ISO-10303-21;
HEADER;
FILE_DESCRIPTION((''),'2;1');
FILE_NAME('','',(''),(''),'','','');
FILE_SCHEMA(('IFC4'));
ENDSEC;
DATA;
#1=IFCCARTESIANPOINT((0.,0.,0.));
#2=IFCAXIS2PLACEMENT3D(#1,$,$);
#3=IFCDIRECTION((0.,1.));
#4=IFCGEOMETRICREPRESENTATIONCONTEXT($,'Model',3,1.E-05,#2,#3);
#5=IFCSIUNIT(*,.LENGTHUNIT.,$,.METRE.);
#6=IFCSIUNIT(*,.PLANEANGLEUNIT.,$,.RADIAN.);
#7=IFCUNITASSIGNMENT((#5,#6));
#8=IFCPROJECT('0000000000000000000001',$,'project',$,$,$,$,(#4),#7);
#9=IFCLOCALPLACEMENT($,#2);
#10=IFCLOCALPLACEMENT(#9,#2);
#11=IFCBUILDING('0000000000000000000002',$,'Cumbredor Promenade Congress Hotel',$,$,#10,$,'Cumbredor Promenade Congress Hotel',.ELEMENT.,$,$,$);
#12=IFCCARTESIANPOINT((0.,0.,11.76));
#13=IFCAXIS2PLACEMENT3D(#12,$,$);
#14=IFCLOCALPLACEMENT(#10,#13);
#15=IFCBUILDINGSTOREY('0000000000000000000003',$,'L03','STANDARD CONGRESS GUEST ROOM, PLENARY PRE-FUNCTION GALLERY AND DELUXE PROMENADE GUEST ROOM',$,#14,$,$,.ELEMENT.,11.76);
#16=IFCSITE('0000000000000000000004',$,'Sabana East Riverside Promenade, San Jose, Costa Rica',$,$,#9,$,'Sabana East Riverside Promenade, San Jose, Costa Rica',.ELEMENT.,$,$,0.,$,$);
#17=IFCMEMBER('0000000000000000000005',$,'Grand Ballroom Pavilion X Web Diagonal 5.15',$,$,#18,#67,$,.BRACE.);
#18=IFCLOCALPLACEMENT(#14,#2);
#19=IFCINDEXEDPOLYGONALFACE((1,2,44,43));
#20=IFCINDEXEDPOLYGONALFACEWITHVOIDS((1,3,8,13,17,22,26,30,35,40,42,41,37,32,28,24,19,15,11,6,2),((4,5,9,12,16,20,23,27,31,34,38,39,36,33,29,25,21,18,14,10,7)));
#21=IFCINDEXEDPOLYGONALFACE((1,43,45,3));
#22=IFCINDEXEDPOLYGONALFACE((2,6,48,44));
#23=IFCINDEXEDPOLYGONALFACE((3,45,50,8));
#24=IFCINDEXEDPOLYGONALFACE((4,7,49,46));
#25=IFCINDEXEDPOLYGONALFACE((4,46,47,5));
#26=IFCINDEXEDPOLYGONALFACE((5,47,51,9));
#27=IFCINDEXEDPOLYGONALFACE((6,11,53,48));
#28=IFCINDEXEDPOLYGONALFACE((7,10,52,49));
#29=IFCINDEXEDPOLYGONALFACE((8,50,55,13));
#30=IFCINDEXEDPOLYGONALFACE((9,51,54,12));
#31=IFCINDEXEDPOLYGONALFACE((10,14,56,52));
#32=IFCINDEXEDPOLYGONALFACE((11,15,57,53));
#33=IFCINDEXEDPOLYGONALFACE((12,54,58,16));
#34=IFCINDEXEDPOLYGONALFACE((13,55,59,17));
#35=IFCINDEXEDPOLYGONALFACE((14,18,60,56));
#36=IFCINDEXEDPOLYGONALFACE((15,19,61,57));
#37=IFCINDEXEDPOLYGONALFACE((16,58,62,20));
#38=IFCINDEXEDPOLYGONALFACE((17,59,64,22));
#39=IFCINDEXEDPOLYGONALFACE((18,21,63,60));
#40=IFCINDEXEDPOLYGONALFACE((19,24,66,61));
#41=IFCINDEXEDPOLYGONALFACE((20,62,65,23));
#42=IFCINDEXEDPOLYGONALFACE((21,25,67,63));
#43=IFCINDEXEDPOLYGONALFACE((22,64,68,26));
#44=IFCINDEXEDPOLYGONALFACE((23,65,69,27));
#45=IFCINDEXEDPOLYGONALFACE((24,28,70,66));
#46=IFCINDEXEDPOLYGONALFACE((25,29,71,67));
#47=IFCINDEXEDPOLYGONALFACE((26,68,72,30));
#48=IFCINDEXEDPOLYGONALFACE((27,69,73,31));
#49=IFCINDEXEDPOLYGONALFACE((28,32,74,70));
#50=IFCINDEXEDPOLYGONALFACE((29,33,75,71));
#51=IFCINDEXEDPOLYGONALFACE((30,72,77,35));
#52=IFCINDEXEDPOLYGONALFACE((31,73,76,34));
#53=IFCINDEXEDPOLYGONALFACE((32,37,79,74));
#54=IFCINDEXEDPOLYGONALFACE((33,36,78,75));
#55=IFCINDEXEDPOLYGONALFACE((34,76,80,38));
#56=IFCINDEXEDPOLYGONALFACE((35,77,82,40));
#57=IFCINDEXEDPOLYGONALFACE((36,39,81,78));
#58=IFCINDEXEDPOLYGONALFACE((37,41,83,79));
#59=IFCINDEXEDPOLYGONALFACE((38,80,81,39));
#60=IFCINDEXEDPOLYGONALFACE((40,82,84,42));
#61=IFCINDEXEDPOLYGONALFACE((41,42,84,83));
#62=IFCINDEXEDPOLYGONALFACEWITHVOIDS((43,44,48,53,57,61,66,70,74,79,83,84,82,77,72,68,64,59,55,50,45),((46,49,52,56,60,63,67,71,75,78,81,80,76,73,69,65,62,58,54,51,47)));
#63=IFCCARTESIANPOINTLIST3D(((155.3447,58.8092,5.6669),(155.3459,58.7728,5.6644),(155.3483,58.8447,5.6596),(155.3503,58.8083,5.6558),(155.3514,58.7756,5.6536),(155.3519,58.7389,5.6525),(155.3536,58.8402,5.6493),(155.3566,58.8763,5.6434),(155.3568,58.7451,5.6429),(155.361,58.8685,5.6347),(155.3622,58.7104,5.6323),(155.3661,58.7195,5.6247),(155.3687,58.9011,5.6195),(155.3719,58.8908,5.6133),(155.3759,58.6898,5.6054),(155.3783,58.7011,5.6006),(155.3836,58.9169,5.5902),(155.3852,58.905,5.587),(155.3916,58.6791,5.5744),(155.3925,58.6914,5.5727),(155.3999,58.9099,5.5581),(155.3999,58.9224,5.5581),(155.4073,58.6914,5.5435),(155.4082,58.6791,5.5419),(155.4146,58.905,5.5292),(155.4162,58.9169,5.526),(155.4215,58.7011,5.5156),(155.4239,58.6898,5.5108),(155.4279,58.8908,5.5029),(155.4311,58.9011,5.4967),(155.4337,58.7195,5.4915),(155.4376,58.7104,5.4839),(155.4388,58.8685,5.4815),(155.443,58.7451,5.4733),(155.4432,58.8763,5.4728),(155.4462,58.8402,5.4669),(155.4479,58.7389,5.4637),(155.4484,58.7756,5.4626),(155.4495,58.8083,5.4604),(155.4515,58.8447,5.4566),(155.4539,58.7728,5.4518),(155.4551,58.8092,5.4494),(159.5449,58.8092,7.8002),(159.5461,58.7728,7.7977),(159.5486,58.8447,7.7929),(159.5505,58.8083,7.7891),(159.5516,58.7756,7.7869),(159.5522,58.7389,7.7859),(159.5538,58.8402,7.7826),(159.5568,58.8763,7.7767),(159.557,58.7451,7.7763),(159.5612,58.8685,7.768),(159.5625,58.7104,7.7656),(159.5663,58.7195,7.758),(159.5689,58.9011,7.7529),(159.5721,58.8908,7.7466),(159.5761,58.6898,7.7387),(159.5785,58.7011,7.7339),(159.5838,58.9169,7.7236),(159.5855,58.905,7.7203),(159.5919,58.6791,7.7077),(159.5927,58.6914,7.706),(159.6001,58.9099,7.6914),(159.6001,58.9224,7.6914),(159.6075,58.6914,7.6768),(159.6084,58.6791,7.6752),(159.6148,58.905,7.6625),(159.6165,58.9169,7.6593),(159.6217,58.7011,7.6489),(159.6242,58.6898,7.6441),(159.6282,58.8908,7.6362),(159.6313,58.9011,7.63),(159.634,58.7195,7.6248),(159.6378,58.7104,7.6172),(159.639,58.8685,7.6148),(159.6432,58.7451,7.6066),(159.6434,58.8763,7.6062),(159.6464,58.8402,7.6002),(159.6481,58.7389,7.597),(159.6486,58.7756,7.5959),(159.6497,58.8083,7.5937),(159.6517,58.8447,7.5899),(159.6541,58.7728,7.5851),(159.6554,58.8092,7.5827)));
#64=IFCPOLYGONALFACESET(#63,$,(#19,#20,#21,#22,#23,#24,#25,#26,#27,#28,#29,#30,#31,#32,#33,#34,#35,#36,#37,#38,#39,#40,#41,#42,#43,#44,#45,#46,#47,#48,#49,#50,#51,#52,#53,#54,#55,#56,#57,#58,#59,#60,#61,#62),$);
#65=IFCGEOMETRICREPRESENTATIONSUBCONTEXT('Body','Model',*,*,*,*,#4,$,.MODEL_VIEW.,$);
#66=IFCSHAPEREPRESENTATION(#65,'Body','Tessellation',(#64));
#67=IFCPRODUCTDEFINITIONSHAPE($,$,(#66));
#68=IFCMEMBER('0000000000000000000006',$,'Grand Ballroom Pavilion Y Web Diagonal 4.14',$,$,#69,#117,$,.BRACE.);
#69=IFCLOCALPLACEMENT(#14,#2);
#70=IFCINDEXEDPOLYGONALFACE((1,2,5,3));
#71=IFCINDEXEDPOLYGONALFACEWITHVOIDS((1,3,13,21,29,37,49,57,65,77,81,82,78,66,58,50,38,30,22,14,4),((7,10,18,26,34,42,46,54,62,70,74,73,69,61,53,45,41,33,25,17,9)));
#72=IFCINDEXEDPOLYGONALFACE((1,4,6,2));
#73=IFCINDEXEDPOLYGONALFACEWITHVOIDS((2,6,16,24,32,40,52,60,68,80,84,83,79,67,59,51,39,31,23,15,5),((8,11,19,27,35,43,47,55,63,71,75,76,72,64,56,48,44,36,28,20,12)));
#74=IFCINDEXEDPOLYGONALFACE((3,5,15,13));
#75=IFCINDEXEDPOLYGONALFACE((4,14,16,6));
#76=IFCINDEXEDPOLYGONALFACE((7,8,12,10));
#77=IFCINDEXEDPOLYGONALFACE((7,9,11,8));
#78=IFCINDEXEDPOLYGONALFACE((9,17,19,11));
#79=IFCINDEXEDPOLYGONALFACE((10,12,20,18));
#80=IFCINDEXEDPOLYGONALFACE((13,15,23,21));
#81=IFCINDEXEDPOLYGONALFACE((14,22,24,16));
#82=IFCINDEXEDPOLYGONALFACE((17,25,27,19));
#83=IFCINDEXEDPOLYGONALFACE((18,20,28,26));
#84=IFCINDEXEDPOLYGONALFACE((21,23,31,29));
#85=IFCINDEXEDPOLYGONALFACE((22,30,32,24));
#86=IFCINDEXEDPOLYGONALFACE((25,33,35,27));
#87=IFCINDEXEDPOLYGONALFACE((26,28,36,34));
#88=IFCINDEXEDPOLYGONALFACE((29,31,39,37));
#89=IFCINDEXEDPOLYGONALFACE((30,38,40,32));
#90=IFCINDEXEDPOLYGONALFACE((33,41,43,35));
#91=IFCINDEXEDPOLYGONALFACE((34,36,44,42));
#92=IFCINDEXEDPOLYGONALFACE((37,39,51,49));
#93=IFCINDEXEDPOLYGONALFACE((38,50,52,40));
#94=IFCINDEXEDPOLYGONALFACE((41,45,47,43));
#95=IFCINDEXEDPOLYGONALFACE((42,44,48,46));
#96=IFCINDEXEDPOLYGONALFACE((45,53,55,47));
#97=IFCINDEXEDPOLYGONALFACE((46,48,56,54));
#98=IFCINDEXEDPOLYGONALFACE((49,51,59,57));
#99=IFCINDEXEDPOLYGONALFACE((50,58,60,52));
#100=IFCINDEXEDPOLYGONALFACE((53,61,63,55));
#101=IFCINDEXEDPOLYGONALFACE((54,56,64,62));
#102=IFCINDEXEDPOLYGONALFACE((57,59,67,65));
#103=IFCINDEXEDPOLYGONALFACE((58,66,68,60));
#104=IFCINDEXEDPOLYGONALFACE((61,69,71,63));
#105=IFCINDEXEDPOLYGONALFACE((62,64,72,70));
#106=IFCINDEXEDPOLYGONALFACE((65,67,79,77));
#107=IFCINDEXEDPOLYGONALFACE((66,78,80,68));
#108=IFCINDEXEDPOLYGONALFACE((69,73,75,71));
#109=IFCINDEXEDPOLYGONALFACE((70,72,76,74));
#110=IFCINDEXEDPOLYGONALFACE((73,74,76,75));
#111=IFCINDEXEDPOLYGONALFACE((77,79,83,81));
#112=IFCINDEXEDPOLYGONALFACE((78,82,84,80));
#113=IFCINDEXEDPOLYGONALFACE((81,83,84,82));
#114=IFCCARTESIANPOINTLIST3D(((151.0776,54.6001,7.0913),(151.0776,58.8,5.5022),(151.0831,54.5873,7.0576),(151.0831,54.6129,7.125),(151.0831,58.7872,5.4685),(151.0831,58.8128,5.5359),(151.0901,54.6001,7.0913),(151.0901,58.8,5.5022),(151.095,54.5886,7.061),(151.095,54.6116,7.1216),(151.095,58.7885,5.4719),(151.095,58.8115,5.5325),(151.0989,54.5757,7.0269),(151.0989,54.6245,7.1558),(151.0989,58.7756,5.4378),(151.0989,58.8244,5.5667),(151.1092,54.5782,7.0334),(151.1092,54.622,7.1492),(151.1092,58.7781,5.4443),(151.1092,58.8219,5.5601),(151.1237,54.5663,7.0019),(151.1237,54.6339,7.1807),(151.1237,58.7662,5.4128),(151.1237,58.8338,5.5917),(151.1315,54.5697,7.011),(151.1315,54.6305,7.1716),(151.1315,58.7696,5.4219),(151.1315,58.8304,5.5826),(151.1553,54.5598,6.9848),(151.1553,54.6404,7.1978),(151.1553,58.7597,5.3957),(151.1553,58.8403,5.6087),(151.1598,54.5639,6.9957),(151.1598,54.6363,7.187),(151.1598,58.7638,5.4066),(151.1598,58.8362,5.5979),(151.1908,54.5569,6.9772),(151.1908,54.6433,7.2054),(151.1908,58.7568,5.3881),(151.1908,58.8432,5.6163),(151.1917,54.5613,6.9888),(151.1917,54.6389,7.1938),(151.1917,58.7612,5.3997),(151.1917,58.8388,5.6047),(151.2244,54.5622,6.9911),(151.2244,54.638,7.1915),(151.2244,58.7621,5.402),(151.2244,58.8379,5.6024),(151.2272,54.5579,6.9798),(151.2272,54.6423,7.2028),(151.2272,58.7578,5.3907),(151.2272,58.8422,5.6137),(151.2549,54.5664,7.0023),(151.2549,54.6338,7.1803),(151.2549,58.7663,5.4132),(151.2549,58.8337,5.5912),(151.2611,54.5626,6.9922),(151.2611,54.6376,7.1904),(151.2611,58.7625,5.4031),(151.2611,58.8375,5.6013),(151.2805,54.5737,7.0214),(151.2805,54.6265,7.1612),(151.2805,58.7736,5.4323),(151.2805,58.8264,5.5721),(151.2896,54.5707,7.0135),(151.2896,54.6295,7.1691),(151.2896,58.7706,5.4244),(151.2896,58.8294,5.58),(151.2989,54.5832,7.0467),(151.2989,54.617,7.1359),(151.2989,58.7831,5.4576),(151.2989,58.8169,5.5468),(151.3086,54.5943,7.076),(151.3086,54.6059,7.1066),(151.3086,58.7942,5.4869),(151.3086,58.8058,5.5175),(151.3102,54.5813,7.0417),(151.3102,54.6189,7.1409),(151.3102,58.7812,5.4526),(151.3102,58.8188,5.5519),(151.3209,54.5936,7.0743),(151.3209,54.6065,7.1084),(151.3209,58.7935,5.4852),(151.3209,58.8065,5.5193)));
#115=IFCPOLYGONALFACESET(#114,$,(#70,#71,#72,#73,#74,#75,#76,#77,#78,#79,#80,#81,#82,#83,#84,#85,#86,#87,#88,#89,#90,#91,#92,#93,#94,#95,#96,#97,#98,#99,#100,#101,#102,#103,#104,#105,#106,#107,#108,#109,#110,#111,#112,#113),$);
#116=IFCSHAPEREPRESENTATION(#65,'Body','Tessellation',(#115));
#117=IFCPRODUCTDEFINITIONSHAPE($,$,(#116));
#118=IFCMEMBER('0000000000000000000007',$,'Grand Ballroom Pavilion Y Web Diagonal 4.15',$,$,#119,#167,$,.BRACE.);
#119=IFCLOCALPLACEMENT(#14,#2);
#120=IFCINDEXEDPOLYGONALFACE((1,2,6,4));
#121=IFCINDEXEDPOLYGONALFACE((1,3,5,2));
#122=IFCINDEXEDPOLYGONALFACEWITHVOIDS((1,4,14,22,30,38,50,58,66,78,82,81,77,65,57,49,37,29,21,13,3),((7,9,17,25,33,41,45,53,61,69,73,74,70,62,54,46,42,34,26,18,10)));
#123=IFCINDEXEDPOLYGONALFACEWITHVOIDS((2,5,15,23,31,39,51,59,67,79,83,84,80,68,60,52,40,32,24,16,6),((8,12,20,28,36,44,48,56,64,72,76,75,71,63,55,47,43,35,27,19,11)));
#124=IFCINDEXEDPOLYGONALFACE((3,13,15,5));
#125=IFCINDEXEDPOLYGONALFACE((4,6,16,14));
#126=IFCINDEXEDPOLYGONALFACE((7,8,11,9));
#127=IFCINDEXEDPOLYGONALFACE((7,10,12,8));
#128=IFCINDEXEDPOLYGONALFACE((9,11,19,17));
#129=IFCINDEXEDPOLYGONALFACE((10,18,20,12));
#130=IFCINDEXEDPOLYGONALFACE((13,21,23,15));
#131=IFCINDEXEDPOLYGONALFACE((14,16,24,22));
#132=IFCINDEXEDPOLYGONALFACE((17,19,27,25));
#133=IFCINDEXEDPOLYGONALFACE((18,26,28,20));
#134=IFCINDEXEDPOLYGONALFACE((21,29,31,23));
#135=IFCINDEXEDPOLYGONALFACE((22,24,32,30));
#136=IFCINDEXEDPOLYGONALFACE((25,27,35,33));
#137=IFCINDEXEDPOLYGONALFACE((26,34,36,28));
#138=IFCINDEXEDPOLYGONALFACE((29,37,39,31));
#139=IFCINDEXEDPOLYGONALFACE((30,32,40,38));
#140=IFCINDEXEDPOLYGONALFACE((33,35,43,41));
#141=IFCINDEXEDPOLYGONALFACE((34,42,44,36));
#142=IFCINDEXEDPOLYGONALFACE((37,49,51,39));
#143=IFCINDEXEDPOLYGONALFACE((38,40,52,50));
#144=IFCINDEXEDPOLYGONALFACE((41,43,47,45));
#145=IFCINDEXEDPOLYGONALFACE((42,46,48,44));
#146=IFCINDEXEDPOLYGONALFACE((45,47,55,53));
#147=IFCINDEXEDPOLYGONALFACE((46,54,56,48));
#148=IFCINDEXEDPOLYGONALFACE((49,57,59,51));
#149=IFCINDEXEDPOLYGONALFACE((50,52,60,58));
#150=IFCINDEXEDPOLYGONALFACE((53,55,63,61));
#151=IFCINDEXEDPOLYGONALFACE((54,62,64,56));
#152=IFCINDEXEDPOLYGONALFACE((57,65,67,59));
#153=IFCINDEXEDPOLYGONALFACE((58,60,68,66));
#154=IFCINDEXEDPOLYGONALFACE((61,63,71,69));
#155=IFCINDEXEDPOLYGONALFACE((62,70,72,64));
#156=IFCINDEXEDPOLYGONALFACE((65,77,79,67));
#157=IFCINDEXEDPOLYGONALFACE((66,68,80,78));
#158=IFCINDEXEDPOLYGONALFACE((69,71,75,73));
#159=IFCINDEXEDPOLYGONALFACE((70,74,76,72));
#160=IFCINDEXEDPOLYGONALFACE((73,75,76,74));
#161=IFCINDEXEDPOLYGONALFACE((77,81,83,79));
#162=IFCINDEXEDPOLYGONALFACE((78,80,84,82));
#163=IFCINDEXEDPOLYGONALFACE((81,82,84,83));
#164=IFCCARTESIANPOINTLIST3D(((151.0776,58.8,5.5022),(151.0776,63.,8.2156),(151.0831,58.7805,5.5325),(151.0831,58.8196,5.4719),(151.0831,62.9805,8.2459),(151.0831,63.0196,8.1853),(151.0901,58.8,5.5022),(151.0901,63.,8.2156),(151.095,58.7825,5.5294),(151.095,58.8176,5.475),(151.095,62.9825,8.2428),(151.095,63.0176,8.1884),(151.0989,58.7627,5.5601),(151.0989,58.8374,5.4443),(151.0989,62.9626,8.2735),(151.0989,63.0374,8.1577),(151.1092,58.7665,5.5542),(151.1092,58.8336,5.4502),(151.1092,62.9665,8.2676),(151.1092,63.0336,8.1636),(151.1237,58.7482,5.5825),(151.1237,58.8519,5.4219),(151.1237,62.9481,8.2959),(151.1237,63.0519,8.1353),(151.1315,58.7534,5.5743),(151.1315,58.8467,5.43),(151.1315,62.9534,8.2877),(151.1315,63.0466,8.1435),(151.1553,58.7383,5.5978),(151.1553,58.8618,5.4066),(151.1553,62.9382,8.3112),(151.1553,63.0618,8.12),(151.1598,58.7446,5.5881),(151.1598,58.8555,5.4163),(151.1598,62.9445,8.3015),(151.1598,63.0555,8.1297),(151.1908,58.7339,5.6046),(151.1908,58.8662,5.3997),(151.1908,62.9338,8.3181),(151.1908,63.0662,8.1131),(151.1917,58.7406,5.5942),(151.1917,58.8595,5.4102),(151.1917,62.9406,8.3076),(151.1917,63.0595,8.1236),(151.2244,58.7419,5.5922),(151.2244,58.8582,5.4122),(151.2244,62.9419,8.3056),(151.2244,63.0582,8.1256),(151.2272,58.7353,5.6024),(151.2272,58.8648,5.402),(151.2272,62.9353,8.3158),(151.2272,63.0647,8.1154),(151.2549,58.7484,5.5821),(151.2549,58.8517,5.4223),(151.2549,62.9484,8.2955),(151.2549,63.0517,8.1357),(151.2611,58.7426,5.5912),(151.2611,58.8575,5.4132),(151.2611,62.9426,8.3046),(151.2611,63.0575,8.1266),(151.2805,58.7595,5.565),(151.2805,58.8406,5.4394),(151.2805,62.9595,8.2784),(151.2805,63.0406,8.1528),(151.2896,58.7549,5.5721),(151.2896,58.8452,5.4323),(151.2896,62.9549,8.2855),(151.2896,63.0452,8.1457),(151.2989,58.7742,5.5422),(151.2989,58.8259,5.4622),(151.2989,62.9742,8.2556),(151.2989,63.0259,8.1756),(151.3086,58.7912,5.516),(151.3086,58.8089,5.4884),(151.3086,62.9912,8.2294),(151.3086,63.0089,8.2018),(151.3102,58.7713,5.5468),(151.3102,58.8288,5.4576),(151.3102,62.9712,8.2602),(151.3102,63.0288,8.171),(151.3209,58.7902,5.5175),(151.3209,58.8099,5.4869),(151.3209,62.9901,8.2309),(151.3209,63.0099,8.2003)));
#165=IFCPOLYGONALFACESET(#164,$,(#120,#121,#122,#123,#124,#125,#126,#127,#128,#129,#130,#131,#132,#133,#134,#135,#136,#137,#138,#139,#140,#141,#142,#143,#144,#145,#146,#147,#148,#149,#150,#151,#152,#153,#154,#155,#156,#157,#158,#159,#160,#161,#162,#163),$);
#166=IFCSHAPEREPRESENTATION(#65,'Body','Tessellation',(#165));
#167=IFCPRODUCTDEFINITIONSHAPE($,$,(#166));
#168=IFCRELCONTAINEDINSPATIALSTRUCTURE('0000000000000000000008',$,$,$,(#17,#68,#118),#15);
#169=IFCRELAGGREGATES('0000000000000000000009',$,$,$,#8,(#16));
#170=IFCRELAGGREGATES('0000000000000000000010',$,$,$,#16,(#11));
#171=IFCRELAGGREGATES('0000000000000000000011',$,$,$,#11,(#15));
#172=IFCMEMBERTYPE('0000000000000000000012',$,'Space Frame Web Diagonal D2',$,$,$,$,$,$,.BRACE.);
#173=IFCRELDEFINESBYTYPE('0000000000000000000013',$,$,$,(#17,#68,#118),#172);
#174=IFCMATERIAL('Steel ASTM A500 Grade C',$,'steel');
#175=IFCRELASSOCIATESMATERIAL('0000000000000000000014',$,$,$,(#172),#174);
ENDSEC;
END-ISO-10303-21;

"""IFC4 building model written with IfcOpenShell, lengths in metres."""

from ifc_helpers import new_model, si_unit, direction, frame, origin, origin_2d, place, context, subcontext, project, spatial, hollow_circle, extrude, material, material_profile, profile_set, type_object, element, save


model = new_model("IFC4")

# Units and contexts
model_context = context("Model", 3, precision=1e-05, world=origin(), true_north=direction((0.0, 1.0)))
body_context = subcontext(model_context, "Body", "Model", "MODEL_VIEW")
ifc_project = project(units=[si_unit("LENGTHUNIT", "METRE"), si_unit("PLANEANGLEUNIT", "RADIAN")], contexts=[model_context])

# Site, building, storey
site_placement = place(None, origin())
site = spatial("IfcSite", under=ifc_project, at=site_placement, Name="Sabana East Riverside Promenade, San Jose, Costa Rica", LongName="Sabana East Riverside Promenade, San Jose, Costa Rica", CompositionType="ELEMENT", RefElevation=0.0)
building_placement = place(site_placement, origin())
building = spatial("IfcBuilding", under=site, at=building_placement, Name="Cumbredor Promenade Congress Hotel", LongName="Cumbredor Promenade Congress Hotel", CompositionType="ELEMENT")
storey_placement = place(building_placement, frame((0.0, 0.0, 11.76)))
storey = spatial("IfcBuildingStorey", under=building, at=storey_placement, Name="L03", Description="STANDARD CONGRESS GUEST ROOM, PLENARY PRE-FUNCTION GALLERY AND DELUXE PROMENADE GUEST ROOM", CompositionType="ELEMENT", Elevation=11.76)

# Members
ifc_material_1 = material(Name="Steel ASTM A500 Grade C", Category="steel")
ifc_material_profile_1 = material_profile(ifc_material_1, hollow_circle(Radius=0.1223, WallThickness=0.0125, at=origin_2d()), Name="CHS 244.5x12.5")
ifc_profile_set_1 = profile_set([ifc_material_profile_1], Name="Steel ASTM A500 Grade C")
member_type_1 = type_object("IfcMemberType", Name="Space Frame Web Diagonal D2", PredefinedType="BRACE", material=ifc_profile_set_1)
member_1_placement = place(storey_placement, frame((155.3999, 58.8, 5.5581), z_axis=(0.89159, 0.0, 0.452843), x_axis=(0.0, 1.0, 0.0)))
element("IfcMember", 1, at=member_1_placement, inside=storey, type_object=member_type_1, Name="Grand Ballroom Pavilion X Web Diagonal 5.15", PredefinedType="BRACE", context=body_context, shape_type="SweptSolid", body=[
    extrude(hollow_circle(Radius=0.1223, WallThickness=0.0125, at=origin_2d()), origin(), (0.0, 0.0, 1.0), 4.7109),
])
member_2_placement = place(storey_placement, frame((151.2, 54.6001, 7.0913), z_axis=(0.0, 0.935291, -0.353881), x_axis=(-1.0, 0.0, 0.0)))
element("IfcMember", 2, at=member_2_placement, inside=storey, type_object=member_type_1, Name="Grand Ballroom Pavilion Y Web Diagonal 4.14", PredefinedType="BRACE", context=body_context, shape_type="SweptSolid", body=[
    extrude(hollow_circle(Radius=0.1223, WallThickness=0.0125, at=origin_2d()), origin(), (0.0, 0.0, 1.0), 4.4905),
])
member_3_placement = place(storey_placement, frame((151.2, 58.8, 5.5022), z_axis=(0.0, 0.839956, 0.542654), x_axis=(-1.0, 0.0, 0.0)))
element("IfcMember", 3, at=member_3_placement, inside=storey, type_object=member_type_1, Name="Grand Ballroom Pavilion Y Web Diagonal 4.15", PredefinedType="BRACE", context=body_context, shape_type="SweptSolid", body=[
    extrude(hollow_circle(Radius=0.1223, WallThickness=0.0125, at=origin_2d()), origin(), (0.0, 0.0, 1.0), 5.0002),
])

save(model, "model.ifc")
